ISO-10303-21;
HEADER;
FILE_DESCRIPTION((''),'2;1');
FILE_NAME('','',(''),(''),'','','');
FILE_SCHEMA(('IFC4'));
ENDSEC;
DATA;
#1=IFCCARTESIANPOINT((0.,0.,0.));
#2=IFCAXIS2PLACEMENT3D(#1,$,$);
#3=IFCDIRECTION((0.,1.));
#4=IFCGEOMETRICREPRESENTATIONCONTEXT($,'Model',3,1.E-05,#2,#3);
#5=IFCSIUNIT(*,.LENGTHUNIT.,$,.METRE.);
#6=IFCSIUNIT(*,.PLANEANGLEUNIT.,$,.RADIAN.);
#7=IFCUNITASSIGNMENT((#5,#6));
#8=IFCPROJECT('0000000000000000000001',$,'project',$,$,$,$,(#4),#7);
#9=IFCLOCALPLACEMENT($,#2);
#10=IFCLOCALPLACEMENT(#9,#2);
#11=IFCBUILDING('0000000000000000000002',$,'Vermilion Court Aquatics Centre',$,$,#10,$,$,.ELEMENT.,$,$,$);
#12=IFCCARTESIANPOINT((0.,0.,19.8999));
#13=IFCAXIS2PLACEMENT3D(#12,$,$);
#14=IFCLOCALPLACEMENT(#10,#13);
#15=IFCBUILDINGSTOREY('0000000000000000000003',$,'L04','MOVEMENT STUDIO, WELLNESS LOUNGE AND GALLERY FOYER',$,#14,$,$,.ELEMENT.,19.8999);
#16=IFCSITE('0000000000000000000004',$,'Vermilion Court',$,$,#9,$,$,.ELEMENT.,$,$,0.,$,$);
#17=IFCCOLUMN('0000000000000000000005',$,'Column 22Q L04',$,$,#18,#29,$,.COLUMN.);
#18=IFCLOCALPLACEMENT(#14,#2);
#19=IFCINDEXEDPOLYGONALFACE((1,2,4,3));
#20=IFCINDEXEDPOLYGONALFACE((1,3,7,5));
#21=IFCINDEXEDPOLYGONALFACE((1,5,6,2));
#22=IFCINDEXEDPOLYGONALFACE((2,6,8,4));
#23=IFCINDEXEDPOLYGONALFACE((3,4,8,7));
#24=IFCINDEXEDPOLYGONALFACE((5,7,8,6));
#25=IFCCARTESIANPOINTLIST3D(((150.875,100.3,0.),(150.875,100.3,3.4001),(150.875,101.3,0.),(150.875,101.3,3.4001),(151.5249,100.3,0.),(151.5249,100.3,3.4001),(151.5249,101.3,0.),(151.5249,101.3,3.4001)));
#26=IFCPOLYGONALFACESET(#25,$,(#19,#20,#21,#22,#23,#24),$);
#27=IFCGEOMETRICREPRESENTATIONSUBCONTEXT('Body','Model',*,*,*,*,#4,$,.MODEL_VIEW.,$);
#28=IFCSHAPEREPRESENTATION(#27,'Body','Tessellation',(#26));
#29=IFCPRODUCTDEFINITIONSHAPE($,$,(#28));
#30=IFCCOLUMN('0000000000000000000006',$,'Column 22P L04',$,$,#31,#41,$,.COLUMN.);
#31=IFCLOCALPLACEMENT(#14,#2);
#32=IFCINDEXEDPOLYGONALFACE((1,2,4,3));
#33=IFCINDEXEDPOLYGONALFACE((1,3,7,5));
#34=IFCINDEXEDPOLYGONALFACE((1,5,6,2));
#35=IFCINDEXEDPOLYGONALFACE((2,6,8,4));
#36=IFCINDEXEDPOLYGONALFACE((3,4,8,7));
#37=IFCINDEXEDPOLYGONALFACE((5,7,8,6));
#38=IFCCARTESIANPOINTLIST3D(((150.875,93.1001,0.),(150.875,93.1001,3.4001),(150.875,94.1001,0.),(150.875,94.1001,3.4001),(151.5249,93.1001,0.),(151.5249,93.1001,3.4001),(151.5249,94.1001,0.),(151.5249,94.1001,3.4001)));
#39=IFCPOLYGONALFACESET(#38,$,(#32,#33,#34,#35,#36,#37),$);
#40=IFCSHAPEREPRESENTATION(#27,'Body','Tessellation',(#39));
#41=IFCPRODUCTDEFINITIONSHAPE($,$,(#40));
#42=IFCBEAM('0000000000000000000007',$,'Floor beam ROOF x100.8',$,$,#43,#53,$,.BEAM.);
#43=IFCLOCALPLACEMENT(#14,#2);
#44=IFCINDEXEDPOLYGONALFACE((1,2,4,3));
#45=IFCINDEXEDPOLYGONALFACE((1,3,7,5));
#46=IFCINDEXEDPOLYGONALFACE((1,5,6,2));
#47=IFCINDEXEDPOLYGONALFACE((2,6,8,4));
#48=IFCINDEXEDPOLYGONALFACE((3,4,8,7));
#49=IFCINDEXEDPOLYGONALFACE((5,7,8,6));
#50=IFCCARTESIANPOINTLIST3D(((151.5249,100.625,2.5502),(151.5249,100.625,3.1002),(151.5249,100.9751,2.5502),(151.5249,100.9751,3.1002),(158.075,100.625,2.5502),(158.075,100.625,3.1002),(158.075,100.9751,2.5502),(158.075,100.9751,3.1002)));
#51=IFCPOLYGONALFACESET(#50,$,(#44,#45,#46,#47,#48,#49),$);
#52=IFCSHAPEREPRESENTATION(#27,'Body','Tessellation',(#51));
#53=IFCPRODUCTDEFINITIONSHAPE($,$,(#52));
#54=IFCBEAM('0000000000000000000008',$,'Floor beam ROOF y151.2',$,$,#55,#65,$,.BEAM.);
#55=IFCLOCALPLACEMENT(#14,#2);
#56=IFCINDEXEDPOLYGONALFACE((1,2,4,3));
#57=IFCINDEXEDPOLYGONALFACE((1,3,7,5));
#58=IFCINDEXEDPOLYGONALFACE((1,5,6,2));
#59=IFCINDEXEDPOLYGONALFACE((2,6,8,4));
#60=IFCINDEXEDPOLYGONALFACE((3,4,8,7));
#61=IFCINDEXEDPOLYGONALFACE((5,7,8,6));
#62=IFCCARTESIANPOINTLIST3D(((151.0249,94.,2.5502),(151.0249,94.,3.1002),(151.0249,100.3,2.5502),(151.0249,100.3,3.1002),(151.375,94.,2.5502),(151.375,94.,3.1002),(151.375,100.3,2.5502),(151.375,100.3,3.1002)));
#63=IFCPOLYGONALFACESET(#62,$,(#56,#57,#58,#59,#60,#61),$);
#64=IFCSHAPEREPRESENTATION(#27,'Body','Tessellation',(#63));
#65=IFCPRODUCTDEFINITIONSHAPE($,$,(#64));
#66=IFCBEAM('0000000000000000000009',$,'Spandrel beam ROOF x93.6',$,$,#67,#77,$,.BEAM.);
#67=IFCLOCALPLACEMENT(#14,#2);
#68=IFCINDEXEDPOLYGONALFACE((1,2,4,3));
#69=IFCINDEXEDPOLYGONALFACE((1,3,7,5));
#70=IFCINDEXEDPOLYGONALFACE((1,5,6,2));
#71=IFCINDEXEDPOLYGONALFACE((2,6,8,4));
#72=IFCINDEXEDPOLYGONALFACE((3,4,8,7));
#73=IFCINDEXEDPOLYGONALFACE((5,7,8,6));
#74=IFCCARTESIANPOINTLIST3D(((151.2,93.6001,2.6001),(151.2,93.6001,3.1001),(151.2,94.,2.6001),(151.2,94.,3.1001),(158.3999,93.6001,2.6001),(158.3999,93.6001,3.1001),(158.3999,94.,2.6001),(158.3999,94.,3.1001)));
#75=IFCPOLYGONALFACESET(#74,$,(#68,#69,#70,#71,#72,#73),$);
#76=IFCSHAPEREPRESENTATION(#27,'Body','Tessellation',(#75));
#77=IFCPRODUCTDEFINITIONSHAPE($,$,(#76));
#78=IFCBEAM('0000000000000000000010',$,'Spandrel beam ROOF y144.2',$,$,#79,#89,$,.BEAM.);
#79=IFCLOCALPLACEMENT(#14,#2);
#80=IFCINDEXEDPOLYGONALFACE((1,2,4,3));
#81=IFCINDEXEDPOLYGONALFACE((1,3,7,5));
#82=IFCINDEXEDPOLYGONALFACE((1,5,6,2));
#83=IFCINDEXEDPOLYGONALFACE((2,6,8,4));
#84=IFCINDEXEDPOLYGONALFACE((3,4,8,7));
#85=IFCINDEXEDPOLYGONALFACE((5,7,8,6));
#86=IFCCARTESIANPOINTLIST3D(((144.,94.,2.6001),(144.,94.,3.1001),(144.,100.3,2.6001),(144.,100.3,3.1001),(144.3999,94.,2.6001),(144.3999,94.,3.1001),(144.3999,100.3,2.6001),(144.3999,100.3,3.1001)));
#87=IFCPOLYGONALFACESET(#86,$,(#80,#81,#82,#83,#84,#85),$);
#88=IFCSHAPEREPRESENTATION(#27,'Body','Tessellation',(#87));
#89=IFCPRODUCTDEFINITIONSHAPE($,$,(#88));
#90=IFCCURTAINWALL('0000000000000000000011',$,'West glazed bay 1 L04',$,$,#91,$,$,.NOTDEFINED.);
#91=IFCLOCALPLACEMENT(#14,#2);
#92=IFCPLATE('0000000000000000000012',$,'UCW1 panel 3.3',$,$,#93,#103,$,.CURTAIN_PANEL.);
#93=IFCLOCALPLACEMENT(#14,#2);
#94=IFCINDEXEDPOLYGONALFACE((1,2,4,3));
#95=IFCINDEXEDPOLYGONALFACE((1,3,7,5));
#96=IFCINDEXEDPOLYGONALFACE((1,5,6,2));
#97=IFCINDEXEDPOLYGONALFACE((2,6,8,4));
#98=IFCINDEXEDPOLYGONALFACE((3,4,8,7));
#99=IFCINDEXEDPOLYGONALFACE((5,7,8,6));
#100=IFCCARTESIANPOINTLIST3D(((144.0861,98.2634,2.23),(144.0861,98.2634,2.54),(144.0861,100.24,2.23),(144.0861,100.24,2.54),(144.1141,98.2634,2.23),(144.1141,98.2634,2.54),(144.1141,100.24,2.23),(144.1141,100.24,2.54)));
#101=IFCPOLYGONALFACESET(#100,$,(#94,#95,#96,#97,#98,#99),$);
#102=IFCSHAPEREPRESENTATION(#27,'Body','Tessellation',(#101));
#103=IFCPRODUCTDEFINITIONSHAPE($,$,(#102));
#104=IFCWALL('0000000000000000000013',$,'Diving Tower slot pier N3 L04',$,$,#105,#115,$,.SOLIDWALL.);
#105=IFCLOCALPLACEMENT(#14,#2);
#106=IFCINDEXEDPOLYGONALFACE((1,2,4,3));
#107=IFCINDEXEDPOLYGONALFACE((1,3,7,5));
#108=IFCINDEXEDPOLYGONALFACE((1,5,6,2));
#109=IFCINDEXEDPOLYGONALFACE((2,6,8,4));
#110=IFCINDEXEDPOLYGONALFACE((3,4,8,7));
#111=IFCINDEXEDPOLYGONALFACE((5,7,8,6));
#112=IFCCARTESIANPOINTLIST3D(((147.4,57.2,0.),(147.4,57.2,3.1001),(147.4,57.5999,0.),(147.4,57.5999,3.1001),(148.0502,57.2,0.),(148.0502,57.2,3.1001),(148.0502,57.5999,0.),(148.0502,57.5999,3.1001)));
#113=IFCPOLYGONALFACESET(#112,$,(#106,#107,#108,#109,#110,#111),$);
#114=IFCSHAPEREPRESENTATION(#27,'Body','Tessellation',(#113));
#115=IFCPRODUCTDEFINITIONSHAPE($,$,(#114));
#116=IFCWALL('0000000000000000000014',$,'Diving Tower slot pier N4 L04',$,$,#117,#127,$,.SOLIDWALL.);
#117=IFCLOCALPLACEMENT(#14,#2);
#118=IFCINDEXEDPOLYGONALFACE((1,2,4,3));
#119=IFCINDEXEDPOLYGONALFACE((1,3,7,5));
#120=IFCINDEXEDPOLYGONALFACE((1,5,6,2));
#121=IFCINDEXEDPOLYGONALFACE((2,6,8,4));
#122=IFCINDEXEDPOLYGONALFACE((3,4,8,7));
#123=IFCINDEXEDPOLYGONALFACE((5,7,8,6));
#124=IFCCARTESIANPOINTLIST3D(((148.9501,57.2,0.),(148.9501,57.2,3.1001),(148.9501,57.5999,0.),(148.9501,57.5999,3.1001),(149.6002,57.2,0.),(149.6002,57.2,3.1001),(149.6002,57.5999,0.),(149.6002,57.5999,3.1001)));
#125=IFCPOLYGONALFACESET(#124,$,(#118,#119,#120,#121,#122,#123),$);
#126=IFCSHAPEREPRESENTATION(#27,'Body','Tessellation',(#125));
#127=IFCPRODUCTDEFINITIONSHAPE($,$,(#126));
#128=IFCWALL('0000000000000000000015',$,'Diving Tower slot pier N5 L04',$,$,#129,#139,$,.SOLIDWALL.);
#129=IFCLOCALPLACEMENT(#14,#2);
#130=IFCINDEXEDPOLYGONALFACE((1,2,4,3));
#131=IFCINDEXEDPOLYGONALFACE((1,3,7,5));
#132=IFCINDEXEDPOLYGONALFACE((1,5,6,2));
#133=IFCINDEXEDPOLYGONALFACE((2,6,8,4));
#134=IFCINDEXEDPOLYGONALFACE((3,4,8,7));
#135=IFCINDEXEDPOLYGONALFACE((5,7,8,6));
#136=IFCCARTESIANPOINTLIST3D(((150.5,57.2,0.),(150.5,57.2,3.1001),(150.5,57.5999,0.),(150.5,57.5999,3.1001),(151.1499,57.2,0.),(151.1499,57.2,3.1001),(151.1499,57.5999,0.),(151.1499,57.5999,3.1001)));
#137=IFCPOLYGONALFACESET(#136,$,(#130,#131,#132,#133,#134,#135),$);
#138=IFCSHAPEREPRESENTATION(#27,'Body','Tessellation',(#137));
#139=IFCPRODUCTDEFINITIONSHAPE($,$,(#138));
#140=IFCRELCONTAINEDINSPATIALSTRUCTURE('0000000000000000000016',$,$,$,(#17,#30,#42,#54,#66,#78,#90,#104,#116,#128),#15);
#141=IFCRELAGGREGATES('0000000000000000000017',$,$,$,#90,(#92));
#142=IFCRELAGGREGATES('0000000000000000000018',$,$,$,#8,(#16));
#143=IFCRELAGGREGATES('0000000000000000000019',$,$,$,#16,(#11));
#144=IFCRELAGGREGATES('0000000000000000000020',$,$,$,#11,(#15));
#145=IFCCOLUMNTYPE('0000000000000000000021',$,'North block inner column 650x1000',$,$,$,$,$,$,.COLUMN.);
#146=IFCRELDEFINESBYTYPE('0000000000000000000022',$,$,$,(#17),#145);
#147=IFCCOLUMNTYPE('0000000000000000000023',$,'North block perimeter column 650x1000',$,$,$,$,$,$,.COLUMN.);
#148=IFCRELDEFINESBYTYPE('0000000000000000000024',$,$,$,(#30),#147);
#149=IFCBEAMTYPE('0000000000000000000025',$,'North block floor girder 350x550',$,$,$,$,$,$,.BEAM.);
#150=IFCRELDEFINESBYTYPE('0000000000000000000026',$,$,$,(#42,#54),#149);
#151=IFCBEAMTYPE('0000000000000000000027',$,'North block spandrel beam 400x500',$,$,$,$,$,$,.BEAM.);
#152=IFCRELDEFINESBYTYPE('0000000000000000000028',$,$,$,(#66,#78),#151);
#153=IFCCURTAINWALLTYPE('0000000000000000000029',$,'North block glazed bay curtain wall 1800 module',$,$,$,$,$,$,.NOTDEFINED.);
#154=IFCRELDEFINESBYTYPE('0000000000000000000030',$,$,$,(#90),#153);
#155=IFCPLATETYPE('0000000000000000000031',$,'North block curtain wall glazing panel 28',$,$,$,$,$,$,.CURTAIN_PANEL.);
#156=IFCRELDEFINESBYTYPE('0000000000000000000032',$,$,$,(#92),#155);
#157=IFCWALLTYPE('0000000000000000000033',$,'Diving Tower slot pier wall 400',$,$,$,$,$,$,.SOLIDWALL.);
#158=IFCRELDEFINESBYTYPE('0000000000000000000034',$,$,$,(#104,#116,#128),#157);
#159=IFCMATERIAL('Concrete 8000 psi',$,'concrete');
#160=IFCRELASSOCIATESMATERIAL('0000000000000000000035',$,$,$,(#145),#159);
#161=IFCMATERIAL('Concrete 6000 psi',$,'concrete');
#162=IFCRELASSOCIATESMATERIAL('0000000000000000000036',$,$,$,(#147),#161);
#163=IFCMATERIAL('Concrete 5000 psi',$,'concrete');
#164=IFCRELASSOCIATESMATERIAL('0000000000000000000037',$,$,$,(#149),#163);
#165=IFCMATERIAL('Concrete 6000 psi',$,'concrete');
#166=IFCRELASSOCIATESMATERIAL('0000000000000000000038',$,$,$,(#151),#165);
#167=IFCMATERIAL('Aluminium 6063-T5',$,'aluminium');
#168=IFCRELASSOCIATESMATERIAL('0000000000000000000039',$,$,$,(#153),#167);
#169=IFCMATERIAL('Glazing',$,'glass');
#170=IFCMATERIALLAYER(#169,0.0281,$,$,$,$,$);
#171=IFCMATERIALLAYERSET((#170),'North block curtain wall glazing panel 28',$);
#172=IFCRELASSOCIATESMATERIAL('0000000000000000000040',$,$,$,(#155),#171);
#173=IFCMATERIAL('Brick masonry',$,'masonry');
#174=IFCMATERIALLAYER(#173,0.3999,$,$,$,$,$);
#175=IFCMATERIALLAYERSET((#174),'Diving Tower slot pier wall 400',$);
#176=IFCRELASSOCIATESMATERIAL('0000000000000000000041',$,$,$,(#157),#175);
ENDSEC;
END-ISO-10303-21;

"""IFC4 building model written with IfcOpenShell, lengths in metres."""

from ifc_helpers import new_model, si_unit, direction, frame, frame_2d, origin, origin_2d, place, context, subcontext, project, spatial, rectangle, extrude, material, layer, layer_set, material_profile, profile_set, type_object, element, aggregate, save


model = new_model("IFC4")

# Units and contexts
model_context = context("Model", 3, precision=1e-05, world=origin(), true_north=direction((0.0, 1.0)))
body_context = subcontext(model_context, "Body", "Model", "MODEL_VIEW")
ifc_project = project(units=[si_unit("LENGTHUNIT", "METRE"), si_unit("PLANEANGLEUNIT", "RADIAN")], contexts=[model_context])

# Site, building, storey
site_placement = place(None, origin())
site = spatial("IfcSite", under=ifc_project, at=site_placement, Name="Vermilion Court", CompositionType="ELEMENT", RefElevation=0.0)
building_placement = place(site_placement, origin())
building = spatial("IfcBuilding", under=site, at=building_placement, Name="Vermilion Court Aquatics Centre", CompositionType="ELEMENT")
storey_placement = place(building_placement, frame((0.0, 0.0, 19.8999)))
storey = spatial("IfcBuildingStorey", under=building, at=storey_placement, Name="L04", Description="MOVEMENT STUDIO, WELLNESS LOUNGE AND GALLERY FOYER", CompositionType="ELEMENT", Elevation=19.8999)

# Columns
ifc_material_1 = material(Name="Concrete 8000 psi", Category="concrete")
ifc_material_profile_1 = material_profile(ifc_material_1, rectangle(XDim=0.6499, YDim=1.0, at=origin_2d()), Name="RC 650x1000")
ifc_profile_set_1 = profile_set([ifc_material_profile_1], Name="Concrete 8000 psi")
column_type_1 = type_object("IfcColumnType", Name="North block inner column 650x1000", PredefinedType="COLUMN", material=ifc_profile_set_1)
column_1_placement = place(storey_placement, frame((151.2, 100.8, 0.0), z_axis=(0.0, 0.0, 1.0), x_axis=(1.0, 0.0, 0.0)))
element("IfcColumn", 1, at=column_1_placement, inside=storey, type_object=column_type_1, Name="Column 22Q L04", PredefinedType="COLUMN", context=body_context, shape_type="SweptSolid", body=[
    extrude(rectangle(XDim=0.6499, YDim=1.0, at=origin_2d()), origin(), (0.0, 0.0, 1.0), 3.4001),
])
ifc_material_2 = material(Name="Concrete 6000 psi", Category="concrete")
ifc_material_profile_2 = material_profile(ifc_material_2, rectangle(XDim=0.6499, YDim=1.0, at=origin_2d()), Name="RC 650x1000")
ifc_profile_set_2 = profile_set([ifc_material_profile_2], Name="Concrete 6000 psi")
column_type_2 = type_object("IfcColumnType", Name="North block perimeter column 650x1000", PredefinedType="COLUMN", material=ifc_profile_set_2)
column_2_placement = place(storey_placement, frame((151.2, 93.6001, 0.0), z_axis=(0.0, 0.0, 1.0), x_axis=(1.0, 0.0, 0.0)))
element("IfcColumn", 2, at=column_2_placement, inside=storey, type_object=column_type_2, Name="Column 22P L04", PredefinedType="COLUMN", context=body_context, shape_type="SweptSolid", body=[
    extrude(rectangle(XDim=0.6499, YDim=1.0, at=origin_2d()), origin(), (0.0, 0.0, 1.0), 3.4001),
])

# Beams
ifc_material_3 = material(Name="Concrete 5000 psi", Category="concrete")
ifc_material_profile_3 = material_profile(ifc_material_3, rectangle(XDim=0.3501, YDim=0.55, at=origin_2d()), Name="RC 350x550")
ifc_profile_set_3 = profile_set([ifc_material_profile_3], Name="Concrete 5000 psi")
beam_type_1 = type_object("IfcBeamType", Name="North block floor girder 350x550", PredefinedType="BEAM", material=ifc_profile_set_3)
beam_1_placement = place(storey_placement, frame((151.5249, 100.8, 2.8252), z_axis=(1.0, 0.0, 0.0), x_axis=(0.0, 1.0, 0.0)))
element("IfcBeam", 3, at=beam_1_placement, inside=storey, type_object=beam_type_1, Name="Floor beam ROOF x100.8", PredefinedType="BEAM", context=body_context, shape_type="SweptSolid", body=[
    extrude(rectangle(XDim=0.3501, YDim=0.55, at=origin_2d()), origin(), (0.0, 0.0, 1.0), 6.55),
])
beam_2_placement = place(storey_placement, frame((151.2, 94.0, 2.8252), z_axis=(0.0, 1.0, 0.0), x_axis=(-1.0, 0.0, 0.0)))
element("IfcBeam", 4, at=beam_2_placement, inside=storey, type_object=beam_type_1, Name="Floor beam ROOF y151.2", PredefinedType="BEAM", context=body_context, shape_type="SweptSolid", body=[
    extrude(rectangle(XDim=0.3501, YDim=0.55, at=origin_2d()), origin(), (0.0, 0.0, 1.0), 6.3),
])
ifc_material_4 = material(Name="Concrete 6000 psi", Category="concrete")
ifc_material_profile_4 = material_profile(ifc_material_4, rectangle(XDim=0.3999, YDim=0.5, at=origin_2d()), Name="RC 400x500")
ifc_profile_set_4 = profile_set([ifc_material_profile_4], Name="Concrete 6000 psi")
beam_type_2 = type_object("IfcBeamType", Name="North block spandrel beam 400x500", PredefinedType="BEAM", material=ifc_profile_set_4)
beam_3_placement = place(storey_placement, frame((151.2, 93.8, 2.8501), z_axis=(1.0, 0.0, 0.0), x_axis=(0.0, 1.0, 0.0)))
element("IfcBeam", 5, at=beam_3_placement, inside=storey, type_object=beam_type_2, Name="Spandrel beam ROOF x93.6", PredefinedType="BEAM", context=body_context, shape_type="SweptSolid", body=[
    extrude(rectangle(XDim=0.3999, YDim=0.5, at=origin_2d()), origin(), (0.0, 0.0, 1.0), 7.2),
])
beam_4_placement = place(storey_placement, frame((144.2, 94.0, 2.8501), z_axis=(0.0, 1.0, 0.0), x_axis=(-1.0, 0.0, 0.0)))
element("IfcBeam", 6, at=beam_4_placement, inside=storey, type_object=beam_type_2, Name="Spandrel beam ROOF y144.2", PredefinedType="BEAM", context=body_context, shape_type="SweptSolid", body=[
    extrude(rectangle(XDim=0.3999, YDim=0.5, at=origin_2d()), origin(), (0.0, 0.0, 1.0), 6.3),
])

# Curtain wall, plate
ifc_material_5 = material(Name="Aluminium 6063-T5", Category="aluminium")
curtain_wall_type = type_object("IfcCurtainWallType", Name="North block glazed bay curtain wall 1800 module", PredefinedType="NOTDEFINED", material=ifc_material_5)
curtain_wall_placement = place(storey_placement, origin())
curtain_wall = element("IfcCurtainWall", 7, at=curtain_wall_placement, inside=storey, type_object=curtain_wall_type, Name="West glazed bay 1 L04", PredefinedType="NOTDEFINED")
ifc_material_6 = material(Name="Glazing", Category="glass")
ifc_layer_1 = layer(ifc_material_6, 0.0281)
ifc_layer_set_1 = layer_set([ifc_layer_1], Name="North block curtain wall glazing panel 28")
plate_type = type_object("IfcPlateType", Name="North block curtain wall glazing panel 28", PredefinedType="CURTAIN_PANEL", material=ifc_layer_set_1)
plate_placement = place(storey_placement, frame((144.1001, 99.2517, 2.23), z_axis=(0.0, 0.0, 1.0), x_axis=(0.0, 1.0, 0.0)))
plate = element("IfcPlate", 8, at=plate_placement, type_object=plate_type, Name="UCW1 panel 3.3", PredefinedType="CURTAIN_PANEL", context=body_context, shape_type="SweptSolid", body=[
    extrude(rectangle(XDim=1.9766, YDim=0.0281, at=origin_2d()), origin(), (0.0, 0.0, 1.0), 0.3101),
])
aggregate(curtain_wall, [plate])

# Walls
ifc_material_7 = material(Name="Brick masonry", Category="masonry")
ifc_layer_2 = layer(ifc_material_7, 0.3999)
ifc_layer_set_2 = layer_set([ifc_layer_2], Name="Diving Tower slot pier wall 400")
wall_type_1 = type_object("IfcWallType", Name="Diving Tower slot pier wall 400", PredefinedType="SOLIDWALL", material=ifc_layer_set_2)
for number, where, z_axis, x_axis, name in (
    (9, (147.3999, 57.3999, 0.0), (0.0, 0.0, 1.0), (1.0, 0.0, 0.0), "Diving Tower slot pier N3 L04"),
    (10, (148.95, 57.3999, 0.0), (0.0, 0.0, 1.0), (1.0, 0.0, 0.0), "Diving Tower slot pier N4 L04"),
):
    element("IfcWall", number, at=place(storey_placement, frame(where, z_axis=z_axis, x_axis=x_axis)), inside=storey, type_object=wall_type_1, Name=name, PredefinedType="SOLIDWALL", context=body_context, shape_type="SweptSolid", body=[
        extrude(rectangle(XDim=0.6501, YDim=0.3999, at=frame_2d((0.3252, 0.0))), origin(), (0.0, 0.0, 1.0), 3.1001),
    ])
wall_1_placement = place(storey_placement, frame((150.5, 57.3999, 0.0), z_axis=(0.0, 0.0, 1.0), x_axis=(1.0, 0.0, 0.0)))
element("IfcWall", 11, at=wall_1_placement, inside=storey, type_object=wall_type_1, Name="Diving Tower slot pier N5 L04", PredefinedType="SOLIDWALL", context=body_context, shape_type="SweptSolid", body=[
    extrude(rectangle(XDim=0.6499, YDim=0.3999, at=frame_2d((0.325, 0.0))), origin(), (0.0, 0.0, 1.0), 3.1001),
])

save(model, "model.ifc")
